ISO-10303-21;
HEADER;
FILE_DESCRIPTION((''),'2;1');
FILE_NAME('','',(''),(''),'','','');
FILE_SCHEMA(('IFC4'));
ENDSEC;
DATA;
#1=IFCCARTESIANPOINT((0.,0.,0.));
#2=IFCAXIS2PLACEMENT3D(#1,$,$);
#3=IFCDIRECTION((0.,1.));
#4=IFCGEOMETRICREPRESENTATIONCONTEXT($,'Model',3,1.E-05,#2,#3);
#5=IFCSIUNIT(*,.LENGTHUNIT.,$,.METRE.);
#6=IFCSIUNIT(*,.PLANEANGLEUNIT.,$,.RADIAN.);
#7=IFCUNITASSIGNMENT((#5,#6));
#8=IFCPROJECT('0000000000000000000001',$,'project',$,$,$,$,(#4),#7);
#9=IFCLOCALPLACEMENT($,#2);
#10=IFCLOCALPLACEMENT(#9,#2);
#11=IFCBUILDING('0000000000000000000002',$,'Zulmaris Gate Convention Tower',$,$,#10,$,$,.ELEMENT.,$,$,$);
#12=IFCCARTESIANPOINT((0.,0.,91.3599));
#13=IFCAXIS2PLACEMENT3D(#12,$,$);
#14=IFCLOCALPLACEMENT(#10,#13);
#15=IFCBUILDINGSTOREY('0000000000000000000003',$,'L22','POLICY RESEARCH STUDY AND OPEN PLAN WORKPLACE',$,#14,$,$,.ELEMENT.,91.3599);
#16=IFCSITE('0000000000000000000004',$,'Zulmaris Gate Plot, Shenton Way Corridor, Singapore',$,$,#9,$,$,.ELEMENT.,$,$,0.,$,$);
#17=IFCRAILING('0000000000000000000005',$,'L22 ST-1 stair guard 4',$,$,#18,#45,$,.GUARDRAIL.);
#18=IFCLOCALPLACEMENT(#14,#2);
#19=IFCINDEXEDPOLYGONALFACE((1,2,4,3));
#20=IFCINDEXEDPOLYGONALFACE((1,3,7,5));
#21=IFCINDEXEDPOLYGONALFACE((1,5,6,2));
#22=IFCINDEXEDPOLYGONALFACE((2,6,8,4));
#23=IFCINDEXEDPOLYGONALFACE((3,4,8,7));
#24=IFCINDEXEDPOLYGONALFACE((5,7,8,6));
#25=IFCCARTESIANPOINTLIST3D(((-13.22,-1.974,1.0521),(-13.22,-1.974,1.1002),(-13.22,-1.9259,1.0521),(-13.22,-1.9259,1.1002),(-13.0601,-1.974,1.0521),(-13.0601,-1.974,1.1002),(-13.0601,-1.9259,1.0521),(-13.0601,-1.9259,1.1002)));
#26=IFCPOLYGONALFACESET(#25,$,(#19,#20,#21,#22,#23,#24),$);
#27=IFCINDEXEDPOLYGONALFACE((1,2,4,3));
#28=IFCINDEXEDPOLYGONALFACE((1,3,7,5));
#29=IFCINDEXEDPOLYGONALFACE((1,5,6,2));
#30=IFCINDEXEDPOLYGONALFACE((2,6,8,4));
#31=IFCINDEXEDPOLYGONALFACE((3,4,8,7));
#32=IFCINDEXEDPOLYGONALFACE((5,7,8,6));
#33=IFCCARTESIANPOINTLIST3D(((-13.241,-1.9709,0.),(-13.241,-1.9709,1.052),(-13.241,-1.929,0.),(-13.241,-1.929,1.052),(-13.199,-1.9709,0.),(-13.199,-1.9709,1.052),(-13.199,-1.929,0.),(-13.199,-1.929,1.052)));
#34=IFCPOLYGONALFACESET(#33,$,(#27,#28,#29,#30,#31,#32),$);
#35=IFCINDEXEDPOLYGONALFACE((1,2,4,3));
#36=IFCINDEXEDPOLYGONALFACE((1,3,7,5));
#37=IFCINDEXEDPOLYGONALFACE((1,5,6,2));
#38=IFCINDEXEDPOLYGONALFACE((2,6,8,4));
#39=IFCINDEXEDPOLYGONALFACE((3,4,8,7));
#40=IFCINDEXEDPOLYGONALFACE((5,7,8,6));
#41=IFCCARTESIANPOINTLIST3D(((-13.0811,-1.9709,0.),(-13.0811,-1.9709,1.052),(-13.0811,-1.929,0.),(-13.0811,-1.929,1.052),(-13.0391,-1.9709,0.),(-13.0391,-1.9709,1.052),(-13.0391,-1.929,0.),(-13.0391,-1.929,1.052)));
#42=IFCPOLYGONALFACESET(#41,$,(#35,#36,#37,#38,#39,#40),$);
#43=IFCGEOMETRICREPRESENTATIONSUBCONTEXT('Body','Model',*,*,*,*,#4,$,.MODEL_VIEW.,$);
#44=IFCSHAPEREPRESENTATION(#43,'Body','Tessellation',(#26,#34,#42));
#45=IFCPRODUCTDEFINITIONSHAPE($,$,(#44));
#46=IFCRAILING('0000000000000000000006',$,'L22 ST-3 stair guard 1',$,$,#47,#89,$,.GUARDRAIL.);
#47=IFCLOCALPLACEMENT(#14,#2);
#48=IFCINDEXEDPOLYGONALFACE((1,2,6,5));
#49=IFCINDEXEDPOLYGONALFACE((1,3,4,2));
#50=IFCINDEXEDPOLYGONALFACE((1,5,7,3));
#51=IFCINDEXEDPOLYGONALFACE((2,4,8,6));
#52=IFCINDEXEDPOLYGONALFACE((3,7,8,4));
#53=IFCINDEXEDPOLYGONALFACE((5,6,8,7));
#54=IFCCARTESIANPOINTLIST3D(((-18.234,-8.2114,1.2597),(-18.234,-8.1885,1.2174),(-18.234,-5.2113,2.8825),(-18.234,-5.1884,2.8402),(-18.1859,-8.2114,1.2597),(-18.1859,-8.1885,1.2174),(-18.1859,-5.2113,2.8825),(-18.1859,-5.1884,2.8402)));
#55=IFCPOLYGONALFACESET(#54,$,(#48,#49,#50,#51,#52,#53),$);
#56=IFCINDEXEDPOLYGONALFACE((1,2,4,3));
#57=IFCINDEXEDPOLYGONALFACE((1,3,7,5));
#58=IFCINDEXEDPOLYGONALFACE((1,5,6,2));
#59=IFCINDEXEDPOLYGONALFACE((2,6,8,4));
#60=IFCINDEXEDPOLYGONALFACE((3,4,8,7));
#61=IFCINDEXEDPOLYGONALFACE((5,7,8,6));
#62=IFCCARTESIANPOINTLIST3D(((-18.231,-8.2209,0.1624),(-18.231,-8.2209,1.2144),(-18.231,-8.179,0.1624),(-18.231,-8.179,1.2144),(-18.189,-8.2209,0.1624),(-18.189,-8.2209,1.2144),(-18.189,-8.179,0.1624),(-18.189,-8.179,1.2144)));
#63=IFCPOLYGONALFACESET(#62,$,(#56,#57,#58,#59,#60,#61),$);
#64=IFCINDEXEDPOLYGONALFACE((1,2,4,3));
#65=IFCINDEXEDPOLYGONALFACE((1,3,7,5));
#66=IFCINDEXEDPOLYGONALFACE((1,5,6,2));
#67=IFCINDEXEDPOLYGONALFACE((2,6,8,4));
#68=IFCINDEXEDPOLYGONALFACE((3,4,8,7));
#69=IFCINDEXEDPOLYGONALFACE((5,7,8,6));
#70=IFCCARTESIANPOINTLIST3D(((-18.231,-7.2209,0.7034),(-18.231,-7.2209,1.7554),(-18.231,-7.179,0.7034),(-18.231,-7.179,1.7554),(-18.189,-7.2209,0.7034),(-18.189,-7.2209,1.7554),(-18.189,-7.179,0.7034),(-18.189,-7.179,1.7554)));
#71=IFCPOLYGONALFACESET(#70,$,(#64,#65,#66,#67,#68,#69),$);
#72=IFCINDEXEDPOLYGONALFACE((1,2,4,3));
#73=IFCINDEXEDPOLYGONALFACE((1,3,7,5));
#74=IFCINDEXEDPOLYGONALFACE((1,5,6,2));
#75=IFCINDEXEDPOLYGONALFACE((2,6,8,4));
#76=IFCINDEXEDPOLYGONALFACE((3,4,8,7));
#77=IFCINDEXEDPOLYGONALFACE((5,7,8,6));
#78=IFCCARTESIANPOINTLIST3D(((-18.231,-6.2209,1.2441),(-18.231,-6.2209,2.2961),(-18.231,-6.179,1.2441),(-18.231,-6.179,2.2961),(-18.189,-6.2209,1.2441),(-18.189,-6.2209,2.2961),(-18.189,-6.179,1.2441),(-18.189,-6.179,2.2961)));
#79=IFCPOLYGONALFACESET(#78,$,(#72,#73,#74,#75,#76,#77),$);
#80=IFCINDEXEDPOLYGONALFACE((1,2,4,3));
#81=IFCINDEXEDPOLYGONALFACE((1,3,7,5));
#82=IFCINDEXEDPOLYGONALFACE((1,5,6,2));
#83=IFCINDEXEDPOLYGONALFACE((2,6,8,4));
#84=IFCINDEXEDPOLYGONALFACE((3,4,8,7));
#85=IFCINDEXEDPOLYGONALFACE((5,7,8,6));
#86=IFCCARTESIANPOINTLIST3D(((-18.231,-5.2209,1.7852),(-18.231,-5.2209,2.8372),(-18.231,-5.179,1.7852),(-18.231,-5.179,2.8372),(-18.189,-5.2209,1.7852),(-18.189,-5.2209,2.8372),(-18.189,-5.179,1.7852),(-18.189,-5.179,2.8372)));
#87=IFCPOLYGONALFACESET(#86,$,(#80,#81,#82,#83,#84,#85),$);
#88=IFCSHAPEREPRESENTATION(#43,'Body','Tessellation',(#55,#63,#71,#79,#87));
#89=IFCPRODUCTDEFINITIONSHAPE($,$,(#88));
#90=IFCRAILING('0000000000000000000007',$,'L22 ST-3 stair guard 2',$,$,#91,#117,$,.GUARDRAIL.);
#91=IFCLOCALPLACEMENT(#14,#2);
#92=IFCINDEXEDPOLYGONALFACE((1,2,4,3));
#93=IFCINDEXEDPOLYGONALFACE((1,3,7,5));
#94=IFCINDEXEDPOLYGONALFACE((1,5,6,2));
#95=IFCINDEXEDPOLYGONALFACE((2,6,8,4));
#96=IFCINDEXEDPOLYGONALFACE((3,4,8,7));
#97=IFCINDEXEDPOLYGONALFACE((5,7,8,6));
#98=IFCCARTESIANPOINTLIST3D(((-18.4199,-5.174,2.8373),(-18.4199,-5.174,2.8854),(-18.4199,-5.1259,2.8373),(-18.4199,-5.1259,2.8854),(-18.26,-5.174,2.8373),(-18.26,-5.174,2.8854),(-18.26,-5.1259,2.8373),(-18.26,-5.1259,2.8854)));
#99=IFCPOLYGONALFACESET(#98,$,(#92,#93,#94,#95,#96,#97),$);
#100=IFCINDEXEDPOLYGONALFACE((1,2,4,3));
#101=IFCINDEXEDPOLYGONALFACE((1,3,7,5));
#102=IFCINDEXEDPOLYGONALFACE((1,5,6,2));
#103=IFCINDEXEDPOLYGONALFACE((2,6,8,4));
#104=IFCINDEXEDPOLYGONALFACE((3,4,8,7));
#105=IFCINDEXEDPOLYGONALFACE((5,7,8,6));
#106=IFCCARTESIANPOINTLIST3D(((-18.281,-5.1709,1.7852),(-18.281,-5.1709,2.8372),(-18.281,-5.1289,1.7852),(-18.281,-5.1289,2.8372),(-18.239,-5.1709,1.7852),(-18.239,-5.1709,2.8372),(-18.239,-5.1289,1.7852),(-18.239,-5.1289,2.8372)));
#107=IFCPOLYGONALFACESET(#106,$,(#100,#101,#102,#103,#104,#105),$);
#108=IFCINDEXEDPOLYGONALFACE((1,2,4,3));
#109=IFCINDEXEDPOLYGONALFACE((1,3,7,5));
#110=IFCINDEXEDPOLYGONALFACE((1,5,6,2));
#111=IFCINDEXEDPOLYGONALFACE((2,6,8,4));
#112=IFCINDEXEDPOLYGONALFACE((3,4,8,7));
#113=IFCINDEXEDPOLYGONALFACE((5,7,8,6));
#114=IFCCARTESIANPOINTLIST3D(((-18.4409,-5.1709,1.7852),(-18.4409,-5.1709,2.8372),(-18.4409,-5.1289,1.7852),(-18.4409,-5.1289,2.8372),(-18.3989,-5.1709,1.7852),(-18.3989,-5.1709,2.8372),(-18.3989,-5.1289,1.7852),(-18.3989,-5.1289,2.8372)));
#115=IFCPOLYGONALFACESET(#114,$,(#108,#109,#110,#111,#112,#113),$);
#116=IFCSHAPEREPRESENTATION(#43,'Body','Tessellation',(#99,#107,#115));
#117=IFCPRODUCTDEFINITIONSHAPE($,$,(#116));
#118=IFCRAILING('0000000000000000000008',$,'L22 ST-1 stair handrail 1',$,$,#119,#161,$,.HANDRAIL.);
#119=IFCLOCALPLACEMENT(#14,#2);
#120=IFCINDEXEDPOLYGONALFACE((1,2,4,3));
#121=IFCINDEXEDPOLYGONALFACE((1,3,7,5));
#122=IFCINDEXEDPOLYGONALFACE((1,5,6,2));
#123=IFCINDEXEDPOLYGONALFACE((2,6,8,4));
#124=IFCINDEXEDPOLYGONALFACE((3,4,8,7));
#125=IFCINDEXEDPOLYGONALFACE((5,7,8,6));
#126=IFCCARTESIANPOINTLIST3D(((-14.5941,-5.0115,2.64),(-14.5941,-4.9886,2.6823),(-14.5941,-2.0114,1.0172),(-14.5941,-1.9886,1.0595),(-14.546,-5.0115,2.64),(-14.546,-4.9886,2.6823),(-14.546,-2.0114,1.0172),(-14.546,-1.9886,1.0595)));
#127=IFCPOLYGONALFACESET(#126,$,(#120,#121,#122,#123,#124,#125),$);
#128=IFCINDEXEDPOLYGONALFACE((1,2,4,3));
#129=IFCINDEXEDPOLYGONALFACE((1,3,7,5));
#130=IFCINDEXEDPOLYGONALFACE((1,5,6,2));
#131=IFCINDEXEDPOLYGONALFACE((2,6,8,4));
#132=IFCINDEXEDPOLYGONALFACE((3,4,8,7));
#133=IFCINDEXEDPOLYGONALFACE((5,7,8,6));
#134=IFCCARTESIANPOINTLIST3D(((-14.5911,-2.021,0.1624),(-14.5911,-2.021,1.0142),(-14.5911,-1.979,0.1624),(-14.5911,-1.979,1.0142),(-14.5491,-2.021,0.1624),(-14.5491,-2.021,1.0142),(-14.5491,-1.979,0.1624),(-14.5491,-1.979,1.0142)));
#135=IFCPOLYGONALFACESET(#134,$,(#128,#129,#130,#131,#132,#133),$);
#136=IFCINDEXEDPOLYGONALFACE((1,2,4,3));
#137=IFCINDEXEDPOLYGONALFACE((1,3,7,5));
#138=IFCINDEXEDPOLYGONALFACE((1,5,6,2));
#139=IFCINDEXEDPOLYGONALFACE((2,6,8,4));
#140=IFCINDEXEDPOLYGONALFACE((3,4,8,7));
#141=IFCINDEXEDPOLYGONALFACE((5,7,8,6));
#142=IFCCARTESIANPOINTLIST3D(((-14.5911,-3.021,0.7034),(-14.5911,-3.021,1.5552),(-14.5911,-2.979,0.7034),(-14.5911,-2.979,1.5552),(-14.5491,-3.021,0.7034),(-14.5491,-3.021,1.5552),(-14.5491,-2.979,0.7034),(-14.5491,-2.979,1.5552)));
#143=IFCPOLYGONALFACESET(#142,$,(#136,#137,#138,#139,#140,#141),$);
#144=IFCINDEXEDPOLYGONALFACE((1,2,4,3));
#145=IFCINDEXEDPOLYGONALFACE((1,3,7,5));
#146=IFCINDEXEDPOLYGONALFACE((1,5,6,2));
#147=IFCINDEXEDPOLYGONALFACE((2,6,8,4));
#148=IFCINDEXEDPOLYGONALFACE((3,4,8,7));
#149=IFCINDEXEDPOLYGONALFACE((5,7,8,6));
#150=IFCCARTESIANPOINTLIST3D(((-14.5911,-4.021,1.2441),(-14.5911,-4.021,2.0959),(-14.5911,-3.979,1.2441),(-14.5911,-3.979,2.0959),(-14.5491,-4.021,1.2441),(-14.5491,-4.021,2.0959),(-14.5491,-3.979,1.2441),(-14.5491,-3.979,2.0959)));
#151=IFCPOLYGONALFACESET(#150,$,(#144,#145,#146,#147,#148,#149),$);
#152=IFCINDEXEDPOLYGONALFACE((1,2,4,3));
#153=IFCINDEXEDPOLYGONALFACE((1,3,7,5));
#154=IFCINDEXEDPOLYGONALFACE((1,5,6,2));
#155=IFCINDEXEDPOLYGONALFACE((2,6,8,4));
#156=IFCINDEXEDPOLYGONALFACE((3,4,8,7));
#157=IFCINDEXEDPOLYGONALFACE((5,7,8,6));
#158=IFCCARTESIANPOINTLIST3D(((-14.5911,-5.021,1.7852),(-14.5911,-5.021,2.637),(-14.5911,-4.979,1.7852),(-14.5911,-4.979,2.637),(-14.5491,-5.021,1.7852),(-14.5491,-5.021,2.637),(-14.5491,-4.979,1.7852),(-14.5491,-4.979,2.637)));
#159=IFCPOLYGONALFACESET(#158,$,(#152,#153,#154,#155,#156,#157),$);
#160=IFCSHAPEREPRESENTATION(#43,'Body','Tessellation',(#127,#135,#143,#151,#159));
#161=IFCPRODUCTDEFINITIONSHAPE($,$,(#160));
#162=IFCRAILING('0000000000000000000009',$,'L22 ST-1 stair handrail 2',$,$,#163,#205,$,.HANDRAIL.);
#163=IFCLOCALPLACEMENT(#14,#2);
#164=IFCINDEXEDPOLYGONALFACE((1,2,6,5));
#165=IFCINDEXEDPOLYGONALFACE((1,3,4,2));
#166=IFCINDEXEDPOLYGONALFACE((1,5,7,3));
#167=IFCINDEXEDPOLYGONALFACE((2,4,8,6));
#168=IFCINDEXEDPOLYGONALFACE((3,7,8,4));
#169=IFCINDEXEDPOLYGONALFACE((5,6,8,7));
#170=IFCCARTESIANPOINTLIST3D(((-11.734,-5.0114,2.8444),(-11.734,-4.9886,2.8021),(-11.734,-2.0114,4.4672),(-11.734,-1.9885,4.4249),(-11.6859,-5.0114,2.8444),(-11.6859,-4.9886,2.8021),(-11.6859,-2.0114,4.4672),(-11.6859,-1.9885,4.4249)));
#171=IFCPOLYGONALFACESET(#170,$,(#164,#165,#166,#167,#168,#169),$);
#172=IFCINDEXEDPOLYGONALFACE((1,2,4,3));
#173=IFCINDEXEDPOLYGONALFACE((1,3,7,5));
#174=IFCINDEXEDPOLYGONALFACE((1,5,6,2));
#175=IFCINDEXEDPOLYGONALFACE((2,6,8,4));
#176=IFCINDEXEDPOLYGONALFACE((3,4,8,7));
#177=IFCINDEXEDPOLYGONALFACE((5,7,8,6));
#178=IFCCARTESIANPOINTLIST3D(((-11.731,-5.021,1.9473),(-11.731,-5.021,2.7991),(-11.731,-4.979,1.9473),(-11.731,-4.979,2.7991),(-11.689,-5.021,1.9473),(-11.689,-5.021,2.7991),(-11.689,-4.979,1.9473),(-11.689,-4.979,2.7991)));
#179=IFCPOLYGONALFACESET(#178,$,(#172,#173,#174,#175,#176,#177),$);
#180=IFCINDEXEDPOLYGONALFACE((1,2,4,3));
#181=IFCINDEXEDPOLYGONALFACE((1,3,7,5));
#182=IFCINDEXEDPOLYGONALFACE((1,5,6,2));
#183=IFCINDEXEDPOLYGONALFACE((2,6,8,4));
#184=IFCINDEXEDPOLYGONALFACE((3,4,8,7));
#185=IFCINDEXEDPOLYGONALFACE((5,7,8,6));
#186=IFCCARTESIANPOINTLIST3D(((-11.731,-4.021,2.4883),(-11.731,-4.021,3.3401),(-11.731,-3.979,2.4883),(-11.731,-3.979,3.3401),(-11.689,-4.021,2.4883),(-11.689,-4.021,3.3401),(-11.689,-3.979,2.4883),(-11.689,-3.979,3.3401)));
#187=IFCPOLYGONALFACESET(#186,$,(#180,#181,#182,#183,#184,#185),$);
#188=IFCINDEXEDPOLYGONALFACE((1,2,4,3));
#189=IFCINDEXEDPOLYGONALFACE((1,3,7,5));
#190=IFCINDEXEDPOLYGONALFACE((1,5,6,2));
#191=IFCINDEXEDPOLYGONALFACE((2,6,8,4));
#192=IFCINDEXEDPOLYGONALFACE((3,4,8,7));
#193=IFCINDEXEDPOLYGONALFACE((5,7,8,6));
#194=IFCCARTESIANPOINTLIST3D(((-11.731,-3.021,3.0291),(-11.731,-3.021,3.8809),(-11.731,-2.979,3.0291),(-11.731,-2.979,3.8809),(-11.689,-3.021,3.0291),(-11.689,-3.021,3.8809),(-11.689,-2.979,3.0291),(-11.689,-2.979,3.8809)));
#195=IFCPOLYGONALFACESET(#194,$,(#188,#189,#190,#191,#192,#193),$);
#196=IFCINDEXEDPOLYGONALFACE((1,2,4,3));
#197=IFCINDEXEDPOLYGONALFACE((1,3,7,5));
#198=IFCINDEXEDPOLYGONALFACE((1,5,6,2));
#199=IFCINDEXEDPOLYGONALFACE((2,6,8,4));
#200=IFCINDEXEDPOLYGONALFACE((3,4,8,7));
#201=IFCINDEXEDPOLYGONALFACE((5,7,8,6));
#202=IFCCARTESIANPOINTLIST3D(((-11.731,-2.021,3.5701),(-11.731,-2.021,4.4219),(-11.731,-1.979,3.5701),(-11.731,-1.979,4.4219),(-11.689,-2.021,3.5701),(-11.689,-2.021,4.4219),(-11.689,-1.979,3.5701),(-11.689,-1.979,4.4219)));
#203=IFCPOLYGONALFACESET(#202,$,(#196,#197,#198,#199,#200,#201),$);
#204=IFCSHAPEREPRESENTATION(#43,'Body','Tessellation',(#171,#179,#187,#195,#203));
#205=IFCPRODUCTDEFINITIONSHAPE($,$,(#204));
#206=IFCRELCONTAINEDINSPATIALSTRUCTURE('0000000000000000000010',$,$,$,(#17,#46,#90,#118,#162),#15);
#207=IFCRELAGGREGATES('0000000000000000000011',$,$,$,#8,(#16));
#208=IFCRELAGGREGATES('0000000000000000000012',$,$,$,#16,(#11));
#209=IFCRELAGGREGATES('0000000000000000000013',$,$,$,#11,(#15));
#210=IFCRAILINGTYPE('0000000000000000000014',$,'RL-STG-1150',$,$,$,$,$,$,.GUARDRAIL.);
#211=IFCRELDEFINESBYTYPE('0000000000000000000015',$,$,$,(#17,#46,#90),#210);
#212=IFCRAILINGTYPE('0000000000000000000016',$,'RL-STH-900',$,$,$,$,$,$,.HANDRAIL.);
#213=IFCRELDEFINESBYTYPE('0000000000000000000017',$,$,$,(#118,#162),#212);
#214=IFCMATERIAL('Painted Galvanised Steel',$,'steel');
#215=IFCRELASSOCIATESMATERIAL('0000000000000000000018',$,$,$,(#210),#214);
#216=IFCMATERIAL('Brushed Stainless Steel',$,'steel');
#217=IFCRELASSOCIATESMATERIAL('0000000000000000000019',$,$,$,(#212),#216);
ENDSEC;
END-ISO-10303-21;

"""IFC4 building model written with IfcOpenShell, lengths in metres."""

from ifc_helpers import new_model, si_unit, direction, frame, origin, origin_2d, place, context, subcontext, project, spatial, rectangle, extrude, material, type_object, element, save


model = new_model("IFC4")

# Units and contexts
model_context = context("Model", 3, precision=1e-05, world=origin(), true_north=direction((0.0, 1.0)))
body_context = subcontext(model_context, "Body", "Model", "MODEL_VIEW")
ifc_project = project(units=[si_unit("LENGTHUNIT", "METRE"), si_unit("PLANEANGLEUNIT", "RADIAN")], contexts=[model_context])

# Site, building, storey
site_placement = place(None, origin())
site = spatial("IfcSite", under=ifc_project, at=site_placement, Name="Zulmaris Gate Plot, Shenton Way Corridor, Singapore", CompositionType="ELEMENT", RefElevation=0.0)
building_placement = place(site_placement, origin())
building = spatial("IfcBuilding", under=site, at=building_placement, Name="Zulmaris Gate Convention Tower", CompositionType="ELEMENT")
storey_placement = place(building_placement, frame((0.0, 0.0, 91.3599)))
storey = spatial("IfcBuildingStorey", under=building, at=storey_placement, Name="L22", Description="POLICY RESEARCH STUDY AND OPEN PLAN WORKPLACE", CompositionType="ELEMENT", Elevation=91.3599)

# Railings
ifc_material_1 = material(Name="Painted Galvanised Steel", Category="steel")
railing_type_1 = type_object("IfcRailingType", Name="RL-STG-1150", PredefinedType="GUARDRAIL", material=ifc_material_1)
railing_1_placement = place(storey_placement, frame((-13.22, -1.95, 0.0)))
element("IfcRailing", 1, at=railing_1_placement, inside=storey, type_object=railing_type_1, Name="L22 ST-1 stair guard 4", PredefinedType="GUARDRAIL", context=body_context, shape_type="SweptSolid", body=[
    extrude(rectangle(XDim=0.0481, YDim=0.0481, at=origin_2d()), frame((0.0, 0.0, 1.0762), z_axis=(1.0, 0.0, 0.0), x_axis=(0.0, 1.0, 0.0)), (0.0, 0.0, 1.0), 0.1599),
    extrude(rectangle(XDim=0.042, YDim=0.042, at=origin_2d()), origin(), (0.0, 0.0, 1.0), 1.052),
    extrude(rectangle(XDim=0.042, YDim=0.042, at=origin_2d()), frame((0.1599, 0.0, 0.0)), (0.0, 0.0, 1.0), 1.052),
])
railing_2_placement = place(storey_placement, frame((-18.21, -8.2, 0.1624)))
element("IfcRailing", 2, at=railing_2_placement, inside=storey, type_object=railing_type_1, Name="L22 ST-3 stair guard 1", PredefinedType="GUARDRAIL", context=body_context, shape_type="SweptSolid", body=[
    extrude(rectangle(XDim=0.0481, YDim=0.0481, at=origin_2d()), frame((0.0, 0.0, 1.0762), z_axis=(0.0, 0.879562, 0.475785), x_axis=(-1.0, 0.0, 0.0)), (0.0, 0.0, 1.0), 3.4109),
    extrude(rectangle(XDim=0.042, YDim=0.042, at=origin_2d()), origin(), (0.0, 0.0, 1.0), 1.052),
    extrude(rectangle(XDim=0.042, YDim=0.042, at=origin_2d()), frame((0.0, 1.0, 0.541)), (0.0, 0.0, 1.0), 1.052),
    extrude(rectangle(XDim=0.042, YDim=0.042, at=origin_2d()), frame((0.0, 2.0, 1.0818)), (0.0, 0.0, 1.0), 1.052),
    extrude(rectangle(XDim=0.042, YDim=0.042, at=origin_2d()), frame((0.0, 3.0, 1.6228)), (0.0, 0.0, 1.0), 1.052),
])
railing_3_placement = place(storey_placement, frame((-18.26, -5.1499, 1.7852)))
element("IfcRailing", 3, at=railing_3_placement, inside=storey, type_object=railing_type_1, Name="L22 ST-3 stair guard 2", PredefinedType="GUARDRAIL", context=body_context, shape_type="SweptSolid", body=[
    extrude(rectangle(XDim=0.0481, YDim=0.0481, at=origin_2d()), frame((0.0, 0.0, 1.0762), z_axis=(-1.0, 0.0, 0.0), x_axis=(0.0, -1.0, 0.0)), (0.0, 0.0, 1.0), 0.1599),
    extrude(rectangle(XDim=0.042, YDim=0.042, at=origin_2d()), origin(), (0.0, 0.0, 1.0), 1.052),
    extrude(rectangle(XDim=0.042, YDim=0.042, at=origin_2d()), frame((-0.1599, 0.0, 0.0)), (0.0, 0.0, 1.0), 1.052),
])
ifc_material_2 = material(Name="Brushed Stainless Steel", Category="steel")
railing_type_2 = type_object("IfcRailingType", Name="RL-STH-900", PredefinedType="HANDRAIL", material=ifc_material_2)
railing_4_placement = place(storey_placement, frame((-14.5701, -2.0, 0.1624)))
element("IfcRailing", 4, at=railing_4_placement, inside=storey, type_object=railing_type_2, Name="L22 ST-1 stair handrail 1", PredefinedType="HANDRAIL", context=body_context, shape_type="SweptSolid", body=[
    extrude(rectangle(XDim=0.0481, YDim=0.0481, at=origin_2d()), frame((0.0, 0.0, 0.876), z_axis=(0.0, -0.879562, 0.475785), x_axis=(1.0, 0.0, 0.0)), (0.0, 0.0, 1.0), 3.4109),
    extrude(rectangle(XDim=0.042, YDim=0.042, at=origin_2d()), origin(), (0.0, 0.0, 1.0), 0.8518),
    extrude(rectangle(XDim=0.042, YDim=0.042, at=origin_2d()), frame((0.0, -1.0, 0.541)), (0.0, 0.0, 1.0), 0.8518),
    extrude(rectangle(XDim=0.042, YDim=0.042, at=origin_2d()), frame((0.0, -2.0, 1.0818)), (0.0, 0.0, 1.0), 0.8518),
    extrude(rectangle(XDim=0.042, YDim=0.042, at=origin_2d()), frame((0.0, -3.0, 1.6228)), (0.0, 0.0, 1.0), 0.8518),
])
for number, where, name in (
    (5, (-11.71, -5.0, 1.9473), "L22 ST-1 stair handrail 2"),
):
    element("IfcRailing", number, at=place(storey_placement, frame(where)), inside=storey, type_object=railing_type_2, Name=name, PredefinedType="HANDRAIL", context=body_context, shape_type="SweptSolid", body=[
        extrude(rectangle(XDim=0.0481, YDim=0.0481, at=origin_2d()), frame((0.0, 0.0, 0.876), z_axis=(0.0, 0.879562, 0.475785), x_axis=(-1.0, 0.0, 0.0)), (0.0, 0.0, 1.0), 3.4109),
        extrude(rectangle(XDim=0.042, YDim=0.042, at=origin_2d()), origin(), (0.0, 0.0, 1.0), 0.8518),
        extrude(rectangle(XDim=0.042, YDim=0.042, at=origin_2d()), frame((0.0, 1.0, 0.541)), (0.0, 0.0, 1.0), 0.8518),
        extrude(rectangle(XDim=0.042, YDim=0.042, at=origin_2d()), frame((0.0, 2.0, 1.0818)), (0.0, 0.0, 1.0), 0.8518),
        extrude(rectangle(XDim=0.042, YDim=0.042, at=origin_2d()), frame((0.0, 3.0, 1.6228)), (0.0, 0.0, 1.0), 0.8518),
    ])

save(model, "model.ifc")
